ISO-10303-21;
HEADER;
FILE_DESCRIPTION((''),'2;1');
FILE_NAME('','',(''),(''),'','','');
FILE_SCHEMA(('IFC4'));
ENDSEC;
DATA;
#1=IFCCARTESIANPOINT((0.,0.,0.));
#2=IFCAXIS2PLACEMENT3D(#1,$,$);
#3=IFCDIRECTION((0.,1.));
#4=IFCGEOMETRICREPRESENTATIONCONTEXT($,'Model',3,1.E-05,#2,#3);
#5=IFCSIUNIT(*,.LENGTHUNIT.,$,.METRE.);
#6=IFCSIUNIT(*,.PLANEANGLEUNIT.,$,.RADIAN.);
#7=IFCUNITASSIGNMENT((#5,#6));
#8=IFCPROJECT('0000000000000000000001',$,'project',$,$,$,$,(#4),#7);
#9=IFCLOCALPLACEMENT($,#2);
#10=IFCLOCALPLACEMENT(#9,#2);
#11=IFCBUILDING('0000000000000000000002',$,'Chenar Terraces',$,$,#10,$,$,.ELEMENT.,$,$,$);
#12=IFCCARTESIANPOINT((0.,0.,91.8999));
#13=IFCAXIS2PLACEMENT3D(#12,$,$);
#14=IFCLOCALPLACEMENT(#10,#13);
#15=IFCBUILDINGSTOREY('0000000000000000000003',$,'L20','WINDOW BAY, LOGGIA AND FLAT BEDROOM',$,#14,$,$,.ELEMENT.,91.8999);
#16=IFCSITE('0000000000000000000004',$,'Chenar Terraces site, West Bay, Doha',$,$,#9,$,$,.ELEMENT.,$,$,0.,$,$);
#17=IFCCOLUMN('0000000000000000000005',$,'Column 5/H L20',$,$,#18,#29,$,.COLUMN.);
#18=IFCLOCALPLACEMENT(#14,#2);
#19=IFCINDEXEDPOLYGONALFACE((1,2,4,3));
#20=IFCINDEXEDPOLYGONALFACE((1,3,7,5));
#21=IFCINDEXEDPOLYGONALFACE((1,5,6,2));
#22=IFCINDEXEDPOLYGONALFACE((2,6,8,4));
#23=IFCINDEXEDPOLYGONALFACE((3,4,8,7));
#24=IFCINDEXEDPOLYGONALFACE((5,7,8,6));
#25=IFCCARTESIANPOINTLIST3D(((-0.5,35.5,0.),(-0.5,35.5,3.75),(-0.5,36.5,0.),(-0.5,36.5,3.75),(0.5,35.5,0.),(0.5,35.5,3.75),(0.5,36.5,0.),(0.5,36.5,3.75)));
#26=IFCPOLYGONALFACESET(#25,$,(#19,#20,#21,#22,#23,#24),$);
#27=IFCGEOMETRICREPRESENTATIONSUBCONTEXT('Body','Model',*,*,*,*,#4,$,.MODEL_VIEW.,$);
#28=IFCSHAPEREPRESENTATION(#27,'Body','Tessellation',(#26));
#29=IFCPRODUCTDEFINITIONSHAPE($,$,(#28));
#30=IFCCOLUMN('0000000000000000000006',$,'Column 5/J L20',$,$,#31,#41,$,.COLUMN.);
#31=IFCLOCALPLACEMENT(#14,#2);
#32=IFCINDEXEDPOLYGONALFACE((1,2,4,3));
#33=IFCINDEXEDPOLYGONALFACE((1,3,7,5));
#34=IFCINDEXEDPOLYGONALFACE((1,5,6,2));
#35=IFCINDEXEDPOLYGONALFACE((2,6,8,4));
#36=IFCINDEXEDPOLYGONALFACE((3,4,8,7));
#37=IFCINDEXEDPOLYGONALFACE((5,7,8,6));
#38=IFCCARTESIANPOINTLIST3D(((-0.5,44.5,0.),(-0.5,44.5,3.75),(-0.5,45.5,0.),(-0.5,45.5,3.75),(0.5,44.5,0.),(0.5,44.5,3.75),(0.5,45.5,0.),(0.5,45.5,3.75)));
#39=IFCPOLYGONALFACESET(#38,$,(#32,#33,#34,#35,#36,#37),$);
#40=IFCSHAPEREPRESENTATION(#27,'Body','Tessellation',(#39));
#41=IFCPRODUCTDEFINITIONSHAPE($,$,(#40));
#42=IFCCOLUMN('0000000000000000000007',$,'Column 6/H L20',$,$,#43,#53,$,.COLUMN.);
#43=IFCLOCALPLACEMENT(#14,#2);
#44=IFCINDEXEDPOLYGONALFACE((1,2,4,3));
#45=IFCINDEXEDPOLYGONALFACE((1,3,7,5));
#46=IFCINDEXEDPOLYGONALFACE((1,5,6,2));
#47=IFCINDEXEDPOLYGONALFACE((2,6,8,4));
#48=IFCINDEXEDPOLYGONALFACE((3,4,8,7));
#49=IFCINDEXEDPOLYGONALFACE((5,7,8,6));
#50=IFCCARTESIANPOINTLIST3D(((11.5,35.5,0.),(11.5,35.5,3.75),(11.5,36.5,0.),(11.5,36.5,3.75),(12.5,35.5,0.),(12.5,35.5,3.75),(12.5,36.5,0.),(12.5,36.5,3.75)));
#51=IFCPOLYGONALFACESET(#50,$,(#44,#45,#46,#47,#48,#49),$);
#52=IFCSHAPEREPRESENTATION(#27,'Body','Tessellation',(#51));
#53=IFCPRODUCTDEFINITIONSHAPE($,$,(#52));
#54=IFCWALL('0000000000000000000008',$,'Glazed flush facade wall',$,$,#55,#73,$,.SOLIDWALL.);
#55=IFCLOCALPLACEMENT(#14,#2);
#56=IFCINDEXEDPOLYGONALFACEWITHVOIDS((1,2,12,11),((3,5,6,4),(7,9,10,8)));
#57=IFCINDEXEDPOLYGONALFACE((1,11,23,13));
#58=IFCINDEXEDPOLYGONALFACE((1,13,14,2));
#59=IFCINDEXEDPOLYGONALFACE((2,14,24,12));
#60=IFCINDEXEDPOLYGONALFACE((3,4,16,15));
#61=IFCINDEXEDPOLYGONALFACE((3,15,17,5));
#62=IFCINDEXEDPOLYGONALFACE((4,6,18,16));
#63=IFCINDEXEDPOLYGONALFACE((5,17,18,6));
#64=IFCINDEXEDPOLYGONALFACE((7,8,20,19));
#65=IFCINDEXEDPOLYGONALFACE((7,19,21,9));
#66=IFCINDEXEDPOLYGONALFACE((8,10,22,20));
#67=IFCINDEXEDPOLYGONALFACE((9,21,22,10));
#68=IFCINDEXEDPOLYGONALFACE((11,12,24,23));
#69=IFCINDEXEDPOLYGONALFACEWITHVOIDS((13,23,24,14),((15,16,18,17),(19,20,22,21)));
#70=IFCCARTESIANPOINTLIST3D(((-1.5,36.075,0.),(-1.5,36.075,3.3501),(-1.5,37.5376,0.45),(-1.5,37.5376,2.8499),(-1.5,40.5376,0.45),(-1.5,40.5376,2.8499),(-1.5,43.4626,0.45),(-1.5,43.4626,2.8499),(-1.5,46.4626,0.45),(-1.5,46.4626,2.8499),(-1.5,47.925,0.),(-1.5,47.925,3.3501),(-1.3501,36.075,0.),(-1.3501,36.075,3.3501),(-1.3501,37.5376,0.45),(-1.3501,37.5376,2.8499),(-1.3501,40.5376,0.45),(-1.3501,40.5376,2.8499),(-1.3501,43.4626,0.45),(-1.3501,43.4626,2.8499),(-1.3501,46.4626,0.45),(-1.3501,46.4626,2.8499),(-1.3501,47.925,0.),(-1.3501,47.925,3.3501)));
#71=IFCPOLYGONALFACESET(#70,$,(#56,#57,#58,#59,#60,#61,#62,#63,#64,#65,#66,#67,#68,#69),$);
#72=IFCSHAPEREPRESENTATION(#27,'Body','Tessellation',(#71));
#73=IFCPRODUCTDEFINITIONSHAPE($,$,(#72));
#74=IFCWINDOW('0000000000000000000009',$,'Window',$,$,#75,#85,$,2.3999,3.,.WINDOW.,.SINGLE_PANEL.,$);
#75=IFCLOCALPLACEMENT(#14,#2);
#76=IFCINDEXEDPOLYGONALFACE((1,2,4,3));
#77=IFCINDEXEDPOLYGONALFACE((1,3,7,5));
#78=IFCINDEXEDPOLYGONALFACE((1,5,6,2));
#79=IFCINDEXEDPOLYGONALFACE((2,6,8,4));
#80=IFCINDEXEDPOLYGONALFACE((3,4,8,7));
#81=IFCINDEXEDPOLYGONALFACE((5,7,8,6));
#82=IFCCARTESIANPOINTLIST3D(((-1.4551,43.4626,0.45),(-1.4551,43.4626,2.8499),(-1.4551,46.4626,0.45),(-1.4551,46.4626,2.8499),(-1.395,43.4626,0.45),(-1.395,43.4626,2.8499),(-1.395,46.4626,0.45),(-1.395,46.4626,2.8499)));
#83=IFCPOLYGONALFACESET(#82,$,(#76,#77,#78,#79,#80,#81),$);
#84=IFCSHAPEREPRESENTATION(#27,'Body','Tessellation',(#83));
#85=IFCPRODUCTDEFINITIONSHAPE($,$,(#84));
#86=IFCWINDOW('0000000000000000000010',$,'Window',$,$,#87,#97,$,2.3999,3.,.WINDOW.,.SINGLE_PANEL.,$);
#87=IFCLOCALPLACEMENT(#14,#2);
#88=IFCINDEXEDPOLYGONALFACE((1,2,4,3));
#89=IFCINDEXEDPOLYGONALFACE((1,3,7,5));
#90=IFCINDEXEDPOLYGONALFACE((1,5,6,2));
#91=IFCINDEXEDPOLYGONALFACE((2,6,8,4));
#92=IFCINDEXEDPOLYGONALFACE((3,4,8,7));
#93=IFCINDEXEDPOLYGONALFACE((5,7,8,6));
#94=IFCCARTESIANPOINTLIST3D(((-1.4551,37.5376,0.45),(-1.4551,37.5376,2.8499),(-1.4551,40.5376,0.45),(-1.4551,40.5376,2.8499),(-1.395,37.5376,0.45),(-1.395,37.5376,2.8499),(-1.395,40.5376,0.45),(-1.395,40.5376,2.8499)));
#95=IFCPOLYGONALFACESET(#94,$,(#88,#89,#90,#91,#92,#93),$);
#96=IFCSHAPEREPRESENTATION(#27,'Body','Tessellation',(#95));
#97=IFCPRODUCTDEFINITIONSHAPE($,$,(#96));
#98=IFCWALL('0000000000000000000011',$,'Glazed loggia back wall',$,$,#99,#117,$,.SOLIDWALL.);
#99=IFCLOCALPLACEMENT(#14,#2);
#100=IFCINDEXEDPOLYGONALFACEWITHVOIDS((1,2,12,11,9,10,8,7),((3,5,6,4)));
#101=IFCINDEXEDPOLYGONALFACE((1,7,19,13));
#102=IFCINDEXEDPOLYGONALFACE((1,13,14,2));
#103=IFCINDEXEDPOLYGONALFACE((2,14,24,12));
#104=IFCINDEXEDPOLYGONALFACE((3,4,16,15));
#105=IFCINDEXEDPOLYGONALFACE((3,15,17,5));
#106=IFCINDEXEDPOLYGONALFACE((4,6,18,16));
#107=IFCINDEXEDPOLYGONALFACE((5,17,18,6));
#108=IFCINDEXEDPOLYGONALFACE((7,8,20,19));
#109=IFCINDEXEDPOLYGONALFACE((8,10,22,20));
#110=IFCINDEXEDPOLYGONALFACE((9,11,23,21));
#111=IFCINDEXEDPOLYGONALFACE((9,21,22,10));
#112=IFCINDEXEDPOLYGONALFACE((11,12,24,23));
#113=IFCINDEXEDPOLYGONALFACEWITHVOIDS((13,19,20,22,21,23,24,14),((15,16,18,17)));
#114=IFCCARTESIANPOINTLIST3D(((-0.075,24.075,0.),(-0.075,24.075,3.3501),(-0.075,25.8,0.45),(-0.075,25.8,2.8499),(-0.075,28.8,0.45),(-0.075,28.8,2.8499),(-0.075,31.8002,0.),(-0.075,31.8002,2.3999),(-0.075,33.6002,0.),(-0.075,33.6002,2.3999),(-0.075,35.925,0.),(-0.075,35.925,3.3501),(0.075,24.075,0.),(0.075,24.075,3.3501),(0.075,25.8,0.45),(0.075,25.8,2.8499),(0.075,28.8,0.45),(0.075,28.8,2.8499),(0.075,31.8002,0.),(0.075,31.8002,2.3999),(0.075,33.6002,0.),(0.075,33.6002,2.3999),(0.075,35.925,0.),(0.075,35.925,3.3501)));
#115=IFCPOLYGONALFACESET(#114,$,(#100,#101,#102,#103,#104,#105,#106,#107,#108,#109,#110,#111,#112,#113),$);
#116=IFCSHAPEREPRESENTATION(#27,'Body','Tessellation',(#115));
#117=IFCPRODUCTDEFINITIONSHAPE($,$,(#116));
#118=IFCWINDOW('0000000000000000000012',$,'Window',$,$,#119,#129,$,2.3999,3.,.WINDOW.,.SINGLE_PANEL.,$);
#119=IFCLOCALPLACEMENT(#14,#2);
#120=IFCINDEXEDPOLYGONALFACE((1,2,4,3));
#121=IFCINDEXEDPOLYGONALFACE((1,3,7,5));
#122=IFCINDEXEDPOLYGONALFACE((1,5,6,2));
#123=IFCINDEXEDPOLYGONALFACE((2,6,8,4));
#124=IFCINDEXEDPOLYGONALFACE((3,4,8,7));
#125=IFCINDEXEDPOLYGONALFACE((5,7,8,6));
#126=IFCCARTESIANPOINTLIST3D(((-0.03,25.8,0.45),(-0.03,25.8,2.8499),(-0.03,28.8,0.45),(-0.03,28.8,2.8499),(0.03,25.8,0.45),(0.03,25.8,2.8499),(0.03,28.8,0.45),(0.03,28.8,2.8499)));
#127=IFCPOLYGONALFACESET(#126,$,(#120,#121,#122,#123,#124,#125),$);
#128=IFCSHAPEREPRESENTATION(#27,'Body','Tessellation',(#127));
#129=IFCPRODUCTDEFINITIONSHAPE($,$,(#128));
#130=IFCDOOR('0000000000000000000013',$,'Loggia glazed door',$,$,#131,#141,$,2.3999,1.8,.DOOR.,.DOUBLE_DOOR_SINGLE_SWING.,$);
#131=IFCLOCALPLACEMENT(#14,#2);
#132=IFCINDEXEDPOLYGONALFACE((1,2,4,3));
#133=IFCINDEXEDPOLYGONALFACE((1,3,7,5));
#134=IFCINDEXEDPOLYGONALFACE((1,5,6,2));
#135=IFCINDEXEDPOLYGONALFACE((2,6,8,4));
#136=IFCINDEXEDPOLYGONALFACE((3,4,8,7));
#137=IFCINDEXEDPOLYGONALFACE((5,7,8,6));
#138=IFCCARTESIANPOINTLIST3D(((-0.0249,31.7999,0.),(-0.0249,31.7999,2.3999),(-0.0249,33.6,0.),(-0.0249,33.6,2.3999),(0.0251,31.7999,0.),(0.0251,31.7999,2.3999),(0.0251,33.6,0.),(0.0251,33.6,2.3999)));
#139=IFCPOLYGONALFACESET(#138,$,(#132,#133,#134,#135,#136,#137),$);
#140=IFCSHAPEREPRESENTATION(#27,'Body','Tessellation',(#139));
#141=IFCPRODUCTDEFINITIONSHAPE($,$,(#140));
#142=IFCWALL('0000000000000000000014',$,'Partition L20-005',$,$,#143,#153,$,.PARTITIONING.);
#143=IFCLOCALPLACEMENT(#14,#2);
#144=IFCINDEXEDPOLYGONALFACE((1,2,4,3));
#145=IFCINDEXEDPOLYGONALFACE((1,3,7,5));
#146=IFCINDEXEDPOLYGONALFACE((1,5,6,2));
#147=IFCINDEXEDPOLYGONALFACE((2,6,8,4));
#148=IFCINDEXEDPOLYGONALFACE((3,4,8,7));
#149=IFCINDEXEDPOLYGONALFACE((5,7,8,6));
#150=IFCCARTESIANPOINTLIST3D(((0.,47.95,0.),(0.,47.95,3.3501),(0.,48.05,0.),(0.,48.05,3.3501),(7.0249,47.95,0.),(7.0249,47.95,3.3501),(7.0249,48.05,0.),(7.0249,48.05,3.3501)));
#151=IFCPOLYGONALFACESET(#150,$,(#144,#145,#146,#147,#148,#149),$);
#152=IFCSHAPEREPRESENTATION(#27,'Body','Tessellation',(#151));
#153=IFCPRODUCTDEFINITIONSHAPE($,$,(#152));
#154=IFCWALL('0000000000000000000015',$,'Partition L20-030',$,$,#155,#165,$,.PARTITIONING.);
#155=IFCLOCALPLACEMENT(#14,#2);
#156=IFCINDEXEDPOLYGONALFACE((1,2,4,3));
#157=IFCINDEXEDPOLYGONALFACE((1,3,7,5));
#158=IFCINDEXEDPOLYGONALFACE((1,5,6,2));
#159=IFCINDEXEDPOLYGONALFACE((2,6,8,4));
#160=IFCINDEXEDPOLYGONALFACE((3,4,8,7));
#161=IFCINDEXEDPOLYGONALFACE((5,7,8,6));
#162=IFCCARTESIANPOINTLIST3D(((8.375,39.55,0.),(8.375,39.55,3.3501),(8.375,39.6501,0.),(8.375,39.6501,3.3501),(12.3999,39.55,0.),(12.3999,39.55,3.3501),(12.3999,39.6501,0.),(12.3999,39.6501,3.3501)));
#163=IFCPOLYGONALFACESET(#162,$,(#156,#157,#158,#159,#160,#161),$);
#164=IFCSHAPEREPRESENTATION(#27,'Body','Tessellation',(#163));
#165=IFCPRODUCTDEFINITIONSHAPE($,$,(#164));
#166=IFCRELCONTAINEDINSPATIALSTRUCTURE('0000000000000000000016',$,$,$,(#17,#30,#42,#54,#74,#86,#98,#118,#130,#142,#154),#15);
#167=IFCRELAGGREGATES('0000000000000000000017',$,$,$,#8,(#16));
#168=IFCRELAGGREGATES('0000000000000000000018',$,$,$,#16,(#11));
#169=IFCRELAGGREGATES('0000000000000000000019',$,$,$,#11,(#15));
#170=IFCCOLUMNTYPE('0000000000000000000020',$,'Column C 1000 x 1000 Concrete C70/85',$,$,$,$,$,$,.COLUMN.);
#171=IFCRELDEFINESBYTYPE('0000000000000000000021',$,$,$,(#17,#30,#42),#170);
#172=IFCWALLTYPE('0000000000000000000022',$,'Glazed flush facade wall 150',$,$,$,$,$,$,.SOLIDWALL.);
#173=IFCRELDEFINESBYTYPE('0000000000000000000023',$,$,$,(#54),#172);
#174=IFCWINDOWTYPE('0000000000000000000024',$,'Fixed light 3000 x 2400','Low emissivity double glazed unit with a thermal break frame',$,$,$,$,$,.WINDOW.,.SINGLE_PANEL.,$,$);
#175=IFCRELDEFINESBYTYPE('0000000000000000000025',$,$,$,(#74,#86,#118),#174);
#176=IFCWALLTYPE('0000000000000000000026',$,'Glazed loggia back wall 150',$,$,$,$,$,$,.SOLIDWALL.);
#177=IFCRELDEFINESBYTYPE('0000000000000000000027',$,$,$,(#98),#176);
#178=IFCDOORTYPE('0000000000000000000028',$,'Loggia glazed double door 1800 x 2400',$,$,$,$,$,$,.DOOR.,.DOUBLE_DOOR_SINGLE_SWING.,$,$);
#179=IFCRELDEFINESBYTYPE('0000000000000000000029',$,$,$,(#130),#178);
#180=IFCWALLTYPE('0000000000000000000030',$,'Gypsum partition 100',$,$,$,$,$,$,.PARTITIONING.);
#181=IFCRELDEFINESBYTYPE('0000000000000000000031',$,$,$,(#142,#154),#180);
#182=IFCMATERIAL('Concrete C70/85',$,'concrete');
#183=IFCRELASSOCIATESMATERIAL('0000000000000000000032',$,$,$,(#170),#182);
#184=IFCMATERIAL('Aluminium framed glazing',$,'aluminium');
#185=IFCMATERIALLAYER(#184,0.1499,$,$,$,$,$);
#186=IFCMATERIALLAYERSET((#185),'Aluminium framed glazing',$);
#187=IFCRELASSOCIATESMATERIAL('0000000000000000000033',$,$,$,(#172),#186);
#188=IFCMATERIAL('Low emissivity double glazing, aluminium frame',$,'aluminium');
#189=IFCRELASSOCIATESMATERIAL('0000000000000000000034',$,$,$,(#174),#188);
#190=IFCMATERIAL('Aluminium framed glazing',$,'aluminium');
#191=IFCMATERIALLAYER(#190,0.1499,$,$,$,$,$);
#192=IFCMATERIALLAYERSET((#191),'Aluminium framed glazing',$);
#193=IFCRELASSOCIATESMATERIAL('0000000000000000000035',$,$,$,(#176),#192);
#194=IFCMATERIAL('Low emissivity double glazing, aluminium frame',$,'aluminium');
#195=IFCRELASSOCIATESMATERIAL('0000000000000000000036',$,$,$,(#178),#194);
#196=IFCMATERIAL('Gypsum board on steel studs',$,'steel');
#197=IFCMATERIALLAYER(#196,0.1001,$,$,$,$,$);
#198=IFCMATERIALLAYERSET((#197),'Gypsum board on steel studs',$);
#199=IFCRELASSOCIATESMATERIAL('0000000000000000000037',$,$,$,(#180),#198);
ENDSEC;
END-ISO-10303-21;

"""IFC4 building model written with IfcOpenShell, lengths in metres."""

from ifc_helpers import new_model, si_unit, direction, frame, frame_2d, origin, origin_2d, place, context, subcontext, project, spatial, rectangle, extrude, material, layer, layer_set, material_profile, profile_set, type_object, element, fill, save


model = new_model("IFC4")

# Units and contexts
model_context = context("Model", 3, precision=1e-05, world=origin(), true_north=direction((0.0, 1.0)))
body_context = subcontext(model_context, "Body", "Model", "MODEL_VIEW")
ifc_project = project(units=[si_unit("LENGTHUNIT", "METRE"), si_unit("PLANEANGLEUNIT", "RADIAN")], contexts=[model_context])

# Site, building, storey
site_placement = place(None, origin())
site = spatial("IfcSite", under=ifc_project, at=site_placement, Name="Chenar Terraces site, West Bay, Doha", CompositionType="ELEMENT", RefElevation=0.0)
building_placement = place(site_placement, origin())
building = spatial("IfcBuilding", under=site, at=building_placement, Name="Chenar Terraces", CompositionType="ELEMENT")
storey_placement = place(building_placement, frame((0.0, 0.0, 91.8999)))
storey = spatial("IfcBuildingStorey", under=building, at=storey_placement, Name="L20", Description="WINDOW BAY, LOGGIA AND FLAT BEDROOM", CompositionType="ELEMENT", Elevation=91.8999)

# Columns
ifc_material_1 = material(Name="Concrete C70/85", Category="concrete")
ifc_material_profile_1 = material_profile(ifc_material_1, rectangle(XDim=1.0, YDim=1.0, at=origin_2d()), Name="C 1000 x 1000")
ifc_profile_set_1 = profile_set([ifc_material_profile_1], Name="Concrete C70/85")
column_type = type_object("IfcColumnType", Name="Column C 1000 x 1000 Concrete C70/85", PredefinedType="COLUMN", material=ifc_profile_set_1)
placement = place(storey_placement, frame((0.0, 36.0, 0.0), z_axis=(0.0, 0.0, 1.0), x_axis=(1.0, 0.0, 0.0)))
element("IfcColumn", 1, at=placement, inside=storey, type_object=column_type, Name="Column 5/H L20", PredefinedType="COLUMN", context=body_context, shape_type="SweptSolid", body=[
    extrude(rectangle(XDim=1.0, YDim=1.0, at=origin_2d()), origin(), (0.0, 0.0, 1.0), 3.75),
])
for number, where, z_axis, x_axis, name in (
    (2, (0.0, 45.0, 0.0), (0.0, 0.0, 1.0), (1.0, 0.0, 0.0), "Column 5/J L20"),
    (3, (12.0, 36.0, 0.0), (0.0, 0.0, 1.0), (1.0, 0.0, 0.0), "Column 6/H L20"),
):
    element("IfcColumn", number, at=place(storey_placement, frame(where, z_axis=z_axis, x_axis=x_axis)), inside=storey, type_object=column_type, Name=name, PredefinedType="COLUMN", context=body_context, shape_type="SweptSolid", body=[
        extrude(rectangle(XDim=1.0, YDim=1.0, at=origin_2d()), origin(), (0.0, 0.0, 1.0), 3.75),
    ])

# Wall, openings, windows
ifc_material_2 = material(Name="Aluminium framed glazing", Category="aluminium")
ifc_layer_1 = layer(ifc_material_2, 0.1499)
ifc_layer_set_1 = layer_set([ifc_layer_1], Name="Aluminium framed glazing")
wall_type_1 = type_object("IfcWallType", Name="Glazed flush facade wall 150", PredefinedType="SOLIDWALL", material=ifc_layer_set_1)
wall_1_placement = place(storey_placement, frame((-1.425, 47.925, 0.0), z_axis=(0.0, 0.0, 1.0), x_axis=(0.0, -1.0, 0.0)))
wall_1 = element("IfcWall", 4, at=wall_1_placement, inside=storey, type_object=wall_type_1, Name="Glazed flush facade wall", PredefinedType="SOLIDWALL", context=body_context, shape_type="SweptSolid", body=[
    extrude(rectangle(XDim=11.8501, YDim=0.1499, at=frame_2d((5.925, 0.0))), origin(), (0.0, 0.0, 1.0), 3.3501),
])
opening_1_placement = place(wall_1_placement, frame((1.4624, 0.0, 0.45)))
opening_1 = element("IfcOpeningElement", 5, at=opening_1_placement, cuts=wall_1, PredefinedType="OPENING", context=body_context, shape_type="SweptSolid", body=[
    extrude(rectangle(XDim=3.0, YDim=2.3999, at=frame_2d((1.5, 1.2))), frame((0.0, 0.085, 0.0), z_axis=(0.0, -1.0, 0.0), x_axis=(1.0, 0.0, 0.0)), (0.0, 0.0, 1.0), 0.1699),
])
opening_2_placement = place(wall_1_placement, frame((7.3875, 0.0, 0.45)))
opening_2 = element("IfcOpeningElement", 6, at=opening_2_placement, cuts=wall_1, PredefinedType="OPENING", context=body_context, shape_type="SweptSolid", body=[
    extrude(rectangle(XDim=3.0, YDim=2.3999, at=frame_2d((1.5, 1.2))), frame((0.0, 0.085, 0.0), z_axis=(0.0, -1.0, 0.0), x_axis=(1.0, 0.0, 0.0)), (0.0, 0.0, 1.0), 0.1699),
])
ifc_material_3 = material(Name="Low emissivity double glazing, aluminium frame", Category="aluminium")
window_type = type_object("IfcWindowType", Name="Fixed light 3000 x 2400", Description="Low emissivity double glazed unit with a thermal break frame", PartitioningType="SINGLE_PANEL", PredefinedType="WINDOW", material=ifc_material_3)
window_1_placement = place(opening_1_placement, origin())
window_1 = element("IfcWindow", 7, at=window_1_placement, inside=storey, type_object=window_type, Name="Window", OverallHeight=2.3999, OverallWidth=3.0, PartitioningType="SINGLE_PANEL", PredefinedType="WINDOW", context=body_context, shape_type="SweptSolid", body=[
    extrude(rectangle(XDim=3.0, YDim=2.3999, at=frame_2d((1.5, 1.2))), frame((0.0, 0.03, 0.0), z_axis=(0.0, -1.0, 0.0), x_axis=(1.0, 0.0, 0.0)), (0.0, 0.0, 1.0), 0.0601),
])
fill(opening_1, window_1)
window_2_placement = place(opening_2_placement, origin())
window_2 = element("IfcWindow", 8, at=window_2_placement, inside=storey, type_object=window_type, Name="Window", OverallHeight=2.3999, OverallWidth=3.0, PartitioningType="SINGLE_PANEL", PredefinedType="WINDOW", context=body_context, shape_type="SweptSolid", body=[
    extrude(rectangle(XDim=3.0, YDim=2.3999, at=frame_2d((1.5, 1.2))), frame((0.0, 0.03, 0.0), z_axis=(0.0, -1.0, 0.0), x_axis=(1.0, 0.0, 0.0)), (0.0, 0.0, 1.0), 0.0601),
])
fill(opening_2, window_2)

# Wall, openings, window, door
ifc_material_4 = material(Name="Aluminium framed glazing", Category="aluminium")
ifc_layer_2 = layer(ifc_material_4, 0.1499)
ifc_layer_set_2 = layer_set([ifc_layer_2], Name="Aluminium framed glazing")
wall_type_2 = type_object("IfcWallType", Name="Glazed loggia back wall 150", PredefinedType="SOLIDWALL", material=ifc_layer_set_2)
wall_2_placement = place(storey_placement, frame((0.0, 35.925, 0.0), z_axis=(0.0, 0.0, 1.0), x_axis=(0.0, -1.0, 0.0)))
wall_2 = element("IfcWall", 9, at=wall_2_placement, inside=storey, type_object=wall_type_2, Name="Glazed loggia back wall", PredefinedType="SOLIDWALL", context=body_context, shape_type="SweptSolid", body=[
    extrude(rectangle(XDim=11.8501, YDim=0.1499, at=frame_2d((5.925, 0.0))), origin(), (0.0, 0.0, 1.0), 3.3501),
])
opening_3_placement = place(wall_2_placement, frame((2.325, 0.0, 0.0)))
opening_3 = element("IfcOpeningElement", 10, at=opening_3_placement, cuts=wall_2, PredefinedType="OPENING", context=body_context, shape_type="SweptSolid", body=[
    extrude(rectangle(XDim=1.8, YDim=2.3999, at=frame_2d((0.8999, 1.2))), frame((0.0, 0.085, 0.0), z_axis=(0.0, -1.0, 0.0), x_axis=(1.0, 0.0, 0.0)), (0.0, 0.0, 1.0), 0.1699),
])
opening_4_placement = place(wall_2_placement, frame((7.125, 0.0, 0.45)))
opening_4 = element("IfcOpeningElement", 11, at=opening_4_placement, cuts=wall_2, PredefinedType="OPENING", context=body_context, shape_type="SweptSolid", body=[
    extrude(rectangle(XDim=3.0, YDim=2.3999, at=frame_2d((1.5, 1.2))), frame((0.0, 0.085, 0.0), z_axis=(0.0, -1.0, 0.0), x_axis=(1.0, 0.0, 0.0)), (0.0, 0.0, 1.0), 0.1699),
])
window_3_placement = place(opening_4_placement, origin())
window_3 = element("IfcWindow", 12, at=window_3_placement, inside=storey, type_object=window_type, Name="Window", OverallHeight=2.3999, OverallWidth=3.0, PartitioningType="SINGLE_PANEL", PredefinedType="WINDOW", context=body_context, shape_type="SweptSolid", body=[
    extrude(rectangle(XDim=3.0, YDim=2.3999, at=frame_2d((1.5, 1.2))), frame((0.0, 0.03, 0.0), z_axis=(0.0, -1.0, 0.0), x_axis=(1.0, 0.0, 0.0)), (0.0, 0.0, 1.0), 0.0601),
])
fill(opening_4, window_3)
ifc_material_5 = material(Name="Low emissivity double glazing, aluminium frame", Category="aluminium")
door_type_1 = type_object("IfcDoorType", Name="Loggia glazed double door 1800 x 2400", OperationType="DOUBLE_DOOR_SINGLE_SWING", PredefinedType="DOOR", material=ifc_material_5)
door_1_placement = place(opening_3_placement, frame((1.8, 0.0, 0.0), z_axis=(0.0, 0.0, 1.0), x_axis=(-1.0, 0.0, 0.0)))
door_1 = element("IfcDoor", 13, at=door_1_placement, inside=storey, type_object=door_type_1, Name="Loggia glazed door", OperationType="DOUBLE_DOOR_SINGLE_SWING", OverallHeight=2.3999, OverallWidth=1.8, PredefinedType="DOOR", context=body_context, shape_type="SweptSolid", body=[
    extrude(rectangle(XDim=1.8, YDim=2.3999, at=frame_2d((0.8999, 1.2))), frame((0.0, 0.0249, 0.0), z_axis=(0.0, -1.0, 0.0), x_axis=(1.0, 0.0, 0.0)), (0.0, 0.0, 1.0), 0.05),
])
fill(opening_3, door_1)

# Walls
ifc_material_6 = material(Name="Gypsum board on steel studs", Category="steel")
ifc_layer_3 = layer(ifc_material_6, 0.1001)
ifc_layer_set_3 = layer_set([ifc_layer_3], Name="Gypsum board on steel studs")
wall_type_3 = type_object("IfcWallType", Name="Gypsum partition 100", PredefinedType="PARTITIONING", material=ifc_layer_set_3)
wall_3_placement = place(storey_placement, frame((0.0, 48.0, 0.0), z_axis=(0.0, 0.0, 1.0), x_axis=(1.0, 0.0, 0.0)))
element("IfcWall", 14, at=wall_3_placement, inside=storey, type_object=wall_type_3, Name="Partition L20-005", PredefinedType="PARTITIONING", context=body_context, shape_type="SweptSolid", body=[
    extrude(rectangle(XDim=7.0249, YDim=0.1001, at=frame_2d((3.5125, 0.0))), origin(), (0.0, 0.0, 1.0), 3.3501),
])
wall_4_placement = place(storey_placement, frame((8.375, 39.6001, 0.0), z_axis=(0.0, 0.0, 1.0), x_axis=(1.0, 0.0, 0.0)))
element("IfcWall", 15, at=wall_4_placement, inside=storey, type_object=wall_type_3, Name="Partition L20-030", PredefinedType="PARTITIONING", context=body_context, shape_type="SweptSolid", body=[
    extrude(rectangle(XDim=4.0249, YDim=0.1001, at=frame_2d((2.0125, 0.0))), origin(), (0.0, 0.0, 1.0), 3.3501),
])

save(model, "model.ifc")
